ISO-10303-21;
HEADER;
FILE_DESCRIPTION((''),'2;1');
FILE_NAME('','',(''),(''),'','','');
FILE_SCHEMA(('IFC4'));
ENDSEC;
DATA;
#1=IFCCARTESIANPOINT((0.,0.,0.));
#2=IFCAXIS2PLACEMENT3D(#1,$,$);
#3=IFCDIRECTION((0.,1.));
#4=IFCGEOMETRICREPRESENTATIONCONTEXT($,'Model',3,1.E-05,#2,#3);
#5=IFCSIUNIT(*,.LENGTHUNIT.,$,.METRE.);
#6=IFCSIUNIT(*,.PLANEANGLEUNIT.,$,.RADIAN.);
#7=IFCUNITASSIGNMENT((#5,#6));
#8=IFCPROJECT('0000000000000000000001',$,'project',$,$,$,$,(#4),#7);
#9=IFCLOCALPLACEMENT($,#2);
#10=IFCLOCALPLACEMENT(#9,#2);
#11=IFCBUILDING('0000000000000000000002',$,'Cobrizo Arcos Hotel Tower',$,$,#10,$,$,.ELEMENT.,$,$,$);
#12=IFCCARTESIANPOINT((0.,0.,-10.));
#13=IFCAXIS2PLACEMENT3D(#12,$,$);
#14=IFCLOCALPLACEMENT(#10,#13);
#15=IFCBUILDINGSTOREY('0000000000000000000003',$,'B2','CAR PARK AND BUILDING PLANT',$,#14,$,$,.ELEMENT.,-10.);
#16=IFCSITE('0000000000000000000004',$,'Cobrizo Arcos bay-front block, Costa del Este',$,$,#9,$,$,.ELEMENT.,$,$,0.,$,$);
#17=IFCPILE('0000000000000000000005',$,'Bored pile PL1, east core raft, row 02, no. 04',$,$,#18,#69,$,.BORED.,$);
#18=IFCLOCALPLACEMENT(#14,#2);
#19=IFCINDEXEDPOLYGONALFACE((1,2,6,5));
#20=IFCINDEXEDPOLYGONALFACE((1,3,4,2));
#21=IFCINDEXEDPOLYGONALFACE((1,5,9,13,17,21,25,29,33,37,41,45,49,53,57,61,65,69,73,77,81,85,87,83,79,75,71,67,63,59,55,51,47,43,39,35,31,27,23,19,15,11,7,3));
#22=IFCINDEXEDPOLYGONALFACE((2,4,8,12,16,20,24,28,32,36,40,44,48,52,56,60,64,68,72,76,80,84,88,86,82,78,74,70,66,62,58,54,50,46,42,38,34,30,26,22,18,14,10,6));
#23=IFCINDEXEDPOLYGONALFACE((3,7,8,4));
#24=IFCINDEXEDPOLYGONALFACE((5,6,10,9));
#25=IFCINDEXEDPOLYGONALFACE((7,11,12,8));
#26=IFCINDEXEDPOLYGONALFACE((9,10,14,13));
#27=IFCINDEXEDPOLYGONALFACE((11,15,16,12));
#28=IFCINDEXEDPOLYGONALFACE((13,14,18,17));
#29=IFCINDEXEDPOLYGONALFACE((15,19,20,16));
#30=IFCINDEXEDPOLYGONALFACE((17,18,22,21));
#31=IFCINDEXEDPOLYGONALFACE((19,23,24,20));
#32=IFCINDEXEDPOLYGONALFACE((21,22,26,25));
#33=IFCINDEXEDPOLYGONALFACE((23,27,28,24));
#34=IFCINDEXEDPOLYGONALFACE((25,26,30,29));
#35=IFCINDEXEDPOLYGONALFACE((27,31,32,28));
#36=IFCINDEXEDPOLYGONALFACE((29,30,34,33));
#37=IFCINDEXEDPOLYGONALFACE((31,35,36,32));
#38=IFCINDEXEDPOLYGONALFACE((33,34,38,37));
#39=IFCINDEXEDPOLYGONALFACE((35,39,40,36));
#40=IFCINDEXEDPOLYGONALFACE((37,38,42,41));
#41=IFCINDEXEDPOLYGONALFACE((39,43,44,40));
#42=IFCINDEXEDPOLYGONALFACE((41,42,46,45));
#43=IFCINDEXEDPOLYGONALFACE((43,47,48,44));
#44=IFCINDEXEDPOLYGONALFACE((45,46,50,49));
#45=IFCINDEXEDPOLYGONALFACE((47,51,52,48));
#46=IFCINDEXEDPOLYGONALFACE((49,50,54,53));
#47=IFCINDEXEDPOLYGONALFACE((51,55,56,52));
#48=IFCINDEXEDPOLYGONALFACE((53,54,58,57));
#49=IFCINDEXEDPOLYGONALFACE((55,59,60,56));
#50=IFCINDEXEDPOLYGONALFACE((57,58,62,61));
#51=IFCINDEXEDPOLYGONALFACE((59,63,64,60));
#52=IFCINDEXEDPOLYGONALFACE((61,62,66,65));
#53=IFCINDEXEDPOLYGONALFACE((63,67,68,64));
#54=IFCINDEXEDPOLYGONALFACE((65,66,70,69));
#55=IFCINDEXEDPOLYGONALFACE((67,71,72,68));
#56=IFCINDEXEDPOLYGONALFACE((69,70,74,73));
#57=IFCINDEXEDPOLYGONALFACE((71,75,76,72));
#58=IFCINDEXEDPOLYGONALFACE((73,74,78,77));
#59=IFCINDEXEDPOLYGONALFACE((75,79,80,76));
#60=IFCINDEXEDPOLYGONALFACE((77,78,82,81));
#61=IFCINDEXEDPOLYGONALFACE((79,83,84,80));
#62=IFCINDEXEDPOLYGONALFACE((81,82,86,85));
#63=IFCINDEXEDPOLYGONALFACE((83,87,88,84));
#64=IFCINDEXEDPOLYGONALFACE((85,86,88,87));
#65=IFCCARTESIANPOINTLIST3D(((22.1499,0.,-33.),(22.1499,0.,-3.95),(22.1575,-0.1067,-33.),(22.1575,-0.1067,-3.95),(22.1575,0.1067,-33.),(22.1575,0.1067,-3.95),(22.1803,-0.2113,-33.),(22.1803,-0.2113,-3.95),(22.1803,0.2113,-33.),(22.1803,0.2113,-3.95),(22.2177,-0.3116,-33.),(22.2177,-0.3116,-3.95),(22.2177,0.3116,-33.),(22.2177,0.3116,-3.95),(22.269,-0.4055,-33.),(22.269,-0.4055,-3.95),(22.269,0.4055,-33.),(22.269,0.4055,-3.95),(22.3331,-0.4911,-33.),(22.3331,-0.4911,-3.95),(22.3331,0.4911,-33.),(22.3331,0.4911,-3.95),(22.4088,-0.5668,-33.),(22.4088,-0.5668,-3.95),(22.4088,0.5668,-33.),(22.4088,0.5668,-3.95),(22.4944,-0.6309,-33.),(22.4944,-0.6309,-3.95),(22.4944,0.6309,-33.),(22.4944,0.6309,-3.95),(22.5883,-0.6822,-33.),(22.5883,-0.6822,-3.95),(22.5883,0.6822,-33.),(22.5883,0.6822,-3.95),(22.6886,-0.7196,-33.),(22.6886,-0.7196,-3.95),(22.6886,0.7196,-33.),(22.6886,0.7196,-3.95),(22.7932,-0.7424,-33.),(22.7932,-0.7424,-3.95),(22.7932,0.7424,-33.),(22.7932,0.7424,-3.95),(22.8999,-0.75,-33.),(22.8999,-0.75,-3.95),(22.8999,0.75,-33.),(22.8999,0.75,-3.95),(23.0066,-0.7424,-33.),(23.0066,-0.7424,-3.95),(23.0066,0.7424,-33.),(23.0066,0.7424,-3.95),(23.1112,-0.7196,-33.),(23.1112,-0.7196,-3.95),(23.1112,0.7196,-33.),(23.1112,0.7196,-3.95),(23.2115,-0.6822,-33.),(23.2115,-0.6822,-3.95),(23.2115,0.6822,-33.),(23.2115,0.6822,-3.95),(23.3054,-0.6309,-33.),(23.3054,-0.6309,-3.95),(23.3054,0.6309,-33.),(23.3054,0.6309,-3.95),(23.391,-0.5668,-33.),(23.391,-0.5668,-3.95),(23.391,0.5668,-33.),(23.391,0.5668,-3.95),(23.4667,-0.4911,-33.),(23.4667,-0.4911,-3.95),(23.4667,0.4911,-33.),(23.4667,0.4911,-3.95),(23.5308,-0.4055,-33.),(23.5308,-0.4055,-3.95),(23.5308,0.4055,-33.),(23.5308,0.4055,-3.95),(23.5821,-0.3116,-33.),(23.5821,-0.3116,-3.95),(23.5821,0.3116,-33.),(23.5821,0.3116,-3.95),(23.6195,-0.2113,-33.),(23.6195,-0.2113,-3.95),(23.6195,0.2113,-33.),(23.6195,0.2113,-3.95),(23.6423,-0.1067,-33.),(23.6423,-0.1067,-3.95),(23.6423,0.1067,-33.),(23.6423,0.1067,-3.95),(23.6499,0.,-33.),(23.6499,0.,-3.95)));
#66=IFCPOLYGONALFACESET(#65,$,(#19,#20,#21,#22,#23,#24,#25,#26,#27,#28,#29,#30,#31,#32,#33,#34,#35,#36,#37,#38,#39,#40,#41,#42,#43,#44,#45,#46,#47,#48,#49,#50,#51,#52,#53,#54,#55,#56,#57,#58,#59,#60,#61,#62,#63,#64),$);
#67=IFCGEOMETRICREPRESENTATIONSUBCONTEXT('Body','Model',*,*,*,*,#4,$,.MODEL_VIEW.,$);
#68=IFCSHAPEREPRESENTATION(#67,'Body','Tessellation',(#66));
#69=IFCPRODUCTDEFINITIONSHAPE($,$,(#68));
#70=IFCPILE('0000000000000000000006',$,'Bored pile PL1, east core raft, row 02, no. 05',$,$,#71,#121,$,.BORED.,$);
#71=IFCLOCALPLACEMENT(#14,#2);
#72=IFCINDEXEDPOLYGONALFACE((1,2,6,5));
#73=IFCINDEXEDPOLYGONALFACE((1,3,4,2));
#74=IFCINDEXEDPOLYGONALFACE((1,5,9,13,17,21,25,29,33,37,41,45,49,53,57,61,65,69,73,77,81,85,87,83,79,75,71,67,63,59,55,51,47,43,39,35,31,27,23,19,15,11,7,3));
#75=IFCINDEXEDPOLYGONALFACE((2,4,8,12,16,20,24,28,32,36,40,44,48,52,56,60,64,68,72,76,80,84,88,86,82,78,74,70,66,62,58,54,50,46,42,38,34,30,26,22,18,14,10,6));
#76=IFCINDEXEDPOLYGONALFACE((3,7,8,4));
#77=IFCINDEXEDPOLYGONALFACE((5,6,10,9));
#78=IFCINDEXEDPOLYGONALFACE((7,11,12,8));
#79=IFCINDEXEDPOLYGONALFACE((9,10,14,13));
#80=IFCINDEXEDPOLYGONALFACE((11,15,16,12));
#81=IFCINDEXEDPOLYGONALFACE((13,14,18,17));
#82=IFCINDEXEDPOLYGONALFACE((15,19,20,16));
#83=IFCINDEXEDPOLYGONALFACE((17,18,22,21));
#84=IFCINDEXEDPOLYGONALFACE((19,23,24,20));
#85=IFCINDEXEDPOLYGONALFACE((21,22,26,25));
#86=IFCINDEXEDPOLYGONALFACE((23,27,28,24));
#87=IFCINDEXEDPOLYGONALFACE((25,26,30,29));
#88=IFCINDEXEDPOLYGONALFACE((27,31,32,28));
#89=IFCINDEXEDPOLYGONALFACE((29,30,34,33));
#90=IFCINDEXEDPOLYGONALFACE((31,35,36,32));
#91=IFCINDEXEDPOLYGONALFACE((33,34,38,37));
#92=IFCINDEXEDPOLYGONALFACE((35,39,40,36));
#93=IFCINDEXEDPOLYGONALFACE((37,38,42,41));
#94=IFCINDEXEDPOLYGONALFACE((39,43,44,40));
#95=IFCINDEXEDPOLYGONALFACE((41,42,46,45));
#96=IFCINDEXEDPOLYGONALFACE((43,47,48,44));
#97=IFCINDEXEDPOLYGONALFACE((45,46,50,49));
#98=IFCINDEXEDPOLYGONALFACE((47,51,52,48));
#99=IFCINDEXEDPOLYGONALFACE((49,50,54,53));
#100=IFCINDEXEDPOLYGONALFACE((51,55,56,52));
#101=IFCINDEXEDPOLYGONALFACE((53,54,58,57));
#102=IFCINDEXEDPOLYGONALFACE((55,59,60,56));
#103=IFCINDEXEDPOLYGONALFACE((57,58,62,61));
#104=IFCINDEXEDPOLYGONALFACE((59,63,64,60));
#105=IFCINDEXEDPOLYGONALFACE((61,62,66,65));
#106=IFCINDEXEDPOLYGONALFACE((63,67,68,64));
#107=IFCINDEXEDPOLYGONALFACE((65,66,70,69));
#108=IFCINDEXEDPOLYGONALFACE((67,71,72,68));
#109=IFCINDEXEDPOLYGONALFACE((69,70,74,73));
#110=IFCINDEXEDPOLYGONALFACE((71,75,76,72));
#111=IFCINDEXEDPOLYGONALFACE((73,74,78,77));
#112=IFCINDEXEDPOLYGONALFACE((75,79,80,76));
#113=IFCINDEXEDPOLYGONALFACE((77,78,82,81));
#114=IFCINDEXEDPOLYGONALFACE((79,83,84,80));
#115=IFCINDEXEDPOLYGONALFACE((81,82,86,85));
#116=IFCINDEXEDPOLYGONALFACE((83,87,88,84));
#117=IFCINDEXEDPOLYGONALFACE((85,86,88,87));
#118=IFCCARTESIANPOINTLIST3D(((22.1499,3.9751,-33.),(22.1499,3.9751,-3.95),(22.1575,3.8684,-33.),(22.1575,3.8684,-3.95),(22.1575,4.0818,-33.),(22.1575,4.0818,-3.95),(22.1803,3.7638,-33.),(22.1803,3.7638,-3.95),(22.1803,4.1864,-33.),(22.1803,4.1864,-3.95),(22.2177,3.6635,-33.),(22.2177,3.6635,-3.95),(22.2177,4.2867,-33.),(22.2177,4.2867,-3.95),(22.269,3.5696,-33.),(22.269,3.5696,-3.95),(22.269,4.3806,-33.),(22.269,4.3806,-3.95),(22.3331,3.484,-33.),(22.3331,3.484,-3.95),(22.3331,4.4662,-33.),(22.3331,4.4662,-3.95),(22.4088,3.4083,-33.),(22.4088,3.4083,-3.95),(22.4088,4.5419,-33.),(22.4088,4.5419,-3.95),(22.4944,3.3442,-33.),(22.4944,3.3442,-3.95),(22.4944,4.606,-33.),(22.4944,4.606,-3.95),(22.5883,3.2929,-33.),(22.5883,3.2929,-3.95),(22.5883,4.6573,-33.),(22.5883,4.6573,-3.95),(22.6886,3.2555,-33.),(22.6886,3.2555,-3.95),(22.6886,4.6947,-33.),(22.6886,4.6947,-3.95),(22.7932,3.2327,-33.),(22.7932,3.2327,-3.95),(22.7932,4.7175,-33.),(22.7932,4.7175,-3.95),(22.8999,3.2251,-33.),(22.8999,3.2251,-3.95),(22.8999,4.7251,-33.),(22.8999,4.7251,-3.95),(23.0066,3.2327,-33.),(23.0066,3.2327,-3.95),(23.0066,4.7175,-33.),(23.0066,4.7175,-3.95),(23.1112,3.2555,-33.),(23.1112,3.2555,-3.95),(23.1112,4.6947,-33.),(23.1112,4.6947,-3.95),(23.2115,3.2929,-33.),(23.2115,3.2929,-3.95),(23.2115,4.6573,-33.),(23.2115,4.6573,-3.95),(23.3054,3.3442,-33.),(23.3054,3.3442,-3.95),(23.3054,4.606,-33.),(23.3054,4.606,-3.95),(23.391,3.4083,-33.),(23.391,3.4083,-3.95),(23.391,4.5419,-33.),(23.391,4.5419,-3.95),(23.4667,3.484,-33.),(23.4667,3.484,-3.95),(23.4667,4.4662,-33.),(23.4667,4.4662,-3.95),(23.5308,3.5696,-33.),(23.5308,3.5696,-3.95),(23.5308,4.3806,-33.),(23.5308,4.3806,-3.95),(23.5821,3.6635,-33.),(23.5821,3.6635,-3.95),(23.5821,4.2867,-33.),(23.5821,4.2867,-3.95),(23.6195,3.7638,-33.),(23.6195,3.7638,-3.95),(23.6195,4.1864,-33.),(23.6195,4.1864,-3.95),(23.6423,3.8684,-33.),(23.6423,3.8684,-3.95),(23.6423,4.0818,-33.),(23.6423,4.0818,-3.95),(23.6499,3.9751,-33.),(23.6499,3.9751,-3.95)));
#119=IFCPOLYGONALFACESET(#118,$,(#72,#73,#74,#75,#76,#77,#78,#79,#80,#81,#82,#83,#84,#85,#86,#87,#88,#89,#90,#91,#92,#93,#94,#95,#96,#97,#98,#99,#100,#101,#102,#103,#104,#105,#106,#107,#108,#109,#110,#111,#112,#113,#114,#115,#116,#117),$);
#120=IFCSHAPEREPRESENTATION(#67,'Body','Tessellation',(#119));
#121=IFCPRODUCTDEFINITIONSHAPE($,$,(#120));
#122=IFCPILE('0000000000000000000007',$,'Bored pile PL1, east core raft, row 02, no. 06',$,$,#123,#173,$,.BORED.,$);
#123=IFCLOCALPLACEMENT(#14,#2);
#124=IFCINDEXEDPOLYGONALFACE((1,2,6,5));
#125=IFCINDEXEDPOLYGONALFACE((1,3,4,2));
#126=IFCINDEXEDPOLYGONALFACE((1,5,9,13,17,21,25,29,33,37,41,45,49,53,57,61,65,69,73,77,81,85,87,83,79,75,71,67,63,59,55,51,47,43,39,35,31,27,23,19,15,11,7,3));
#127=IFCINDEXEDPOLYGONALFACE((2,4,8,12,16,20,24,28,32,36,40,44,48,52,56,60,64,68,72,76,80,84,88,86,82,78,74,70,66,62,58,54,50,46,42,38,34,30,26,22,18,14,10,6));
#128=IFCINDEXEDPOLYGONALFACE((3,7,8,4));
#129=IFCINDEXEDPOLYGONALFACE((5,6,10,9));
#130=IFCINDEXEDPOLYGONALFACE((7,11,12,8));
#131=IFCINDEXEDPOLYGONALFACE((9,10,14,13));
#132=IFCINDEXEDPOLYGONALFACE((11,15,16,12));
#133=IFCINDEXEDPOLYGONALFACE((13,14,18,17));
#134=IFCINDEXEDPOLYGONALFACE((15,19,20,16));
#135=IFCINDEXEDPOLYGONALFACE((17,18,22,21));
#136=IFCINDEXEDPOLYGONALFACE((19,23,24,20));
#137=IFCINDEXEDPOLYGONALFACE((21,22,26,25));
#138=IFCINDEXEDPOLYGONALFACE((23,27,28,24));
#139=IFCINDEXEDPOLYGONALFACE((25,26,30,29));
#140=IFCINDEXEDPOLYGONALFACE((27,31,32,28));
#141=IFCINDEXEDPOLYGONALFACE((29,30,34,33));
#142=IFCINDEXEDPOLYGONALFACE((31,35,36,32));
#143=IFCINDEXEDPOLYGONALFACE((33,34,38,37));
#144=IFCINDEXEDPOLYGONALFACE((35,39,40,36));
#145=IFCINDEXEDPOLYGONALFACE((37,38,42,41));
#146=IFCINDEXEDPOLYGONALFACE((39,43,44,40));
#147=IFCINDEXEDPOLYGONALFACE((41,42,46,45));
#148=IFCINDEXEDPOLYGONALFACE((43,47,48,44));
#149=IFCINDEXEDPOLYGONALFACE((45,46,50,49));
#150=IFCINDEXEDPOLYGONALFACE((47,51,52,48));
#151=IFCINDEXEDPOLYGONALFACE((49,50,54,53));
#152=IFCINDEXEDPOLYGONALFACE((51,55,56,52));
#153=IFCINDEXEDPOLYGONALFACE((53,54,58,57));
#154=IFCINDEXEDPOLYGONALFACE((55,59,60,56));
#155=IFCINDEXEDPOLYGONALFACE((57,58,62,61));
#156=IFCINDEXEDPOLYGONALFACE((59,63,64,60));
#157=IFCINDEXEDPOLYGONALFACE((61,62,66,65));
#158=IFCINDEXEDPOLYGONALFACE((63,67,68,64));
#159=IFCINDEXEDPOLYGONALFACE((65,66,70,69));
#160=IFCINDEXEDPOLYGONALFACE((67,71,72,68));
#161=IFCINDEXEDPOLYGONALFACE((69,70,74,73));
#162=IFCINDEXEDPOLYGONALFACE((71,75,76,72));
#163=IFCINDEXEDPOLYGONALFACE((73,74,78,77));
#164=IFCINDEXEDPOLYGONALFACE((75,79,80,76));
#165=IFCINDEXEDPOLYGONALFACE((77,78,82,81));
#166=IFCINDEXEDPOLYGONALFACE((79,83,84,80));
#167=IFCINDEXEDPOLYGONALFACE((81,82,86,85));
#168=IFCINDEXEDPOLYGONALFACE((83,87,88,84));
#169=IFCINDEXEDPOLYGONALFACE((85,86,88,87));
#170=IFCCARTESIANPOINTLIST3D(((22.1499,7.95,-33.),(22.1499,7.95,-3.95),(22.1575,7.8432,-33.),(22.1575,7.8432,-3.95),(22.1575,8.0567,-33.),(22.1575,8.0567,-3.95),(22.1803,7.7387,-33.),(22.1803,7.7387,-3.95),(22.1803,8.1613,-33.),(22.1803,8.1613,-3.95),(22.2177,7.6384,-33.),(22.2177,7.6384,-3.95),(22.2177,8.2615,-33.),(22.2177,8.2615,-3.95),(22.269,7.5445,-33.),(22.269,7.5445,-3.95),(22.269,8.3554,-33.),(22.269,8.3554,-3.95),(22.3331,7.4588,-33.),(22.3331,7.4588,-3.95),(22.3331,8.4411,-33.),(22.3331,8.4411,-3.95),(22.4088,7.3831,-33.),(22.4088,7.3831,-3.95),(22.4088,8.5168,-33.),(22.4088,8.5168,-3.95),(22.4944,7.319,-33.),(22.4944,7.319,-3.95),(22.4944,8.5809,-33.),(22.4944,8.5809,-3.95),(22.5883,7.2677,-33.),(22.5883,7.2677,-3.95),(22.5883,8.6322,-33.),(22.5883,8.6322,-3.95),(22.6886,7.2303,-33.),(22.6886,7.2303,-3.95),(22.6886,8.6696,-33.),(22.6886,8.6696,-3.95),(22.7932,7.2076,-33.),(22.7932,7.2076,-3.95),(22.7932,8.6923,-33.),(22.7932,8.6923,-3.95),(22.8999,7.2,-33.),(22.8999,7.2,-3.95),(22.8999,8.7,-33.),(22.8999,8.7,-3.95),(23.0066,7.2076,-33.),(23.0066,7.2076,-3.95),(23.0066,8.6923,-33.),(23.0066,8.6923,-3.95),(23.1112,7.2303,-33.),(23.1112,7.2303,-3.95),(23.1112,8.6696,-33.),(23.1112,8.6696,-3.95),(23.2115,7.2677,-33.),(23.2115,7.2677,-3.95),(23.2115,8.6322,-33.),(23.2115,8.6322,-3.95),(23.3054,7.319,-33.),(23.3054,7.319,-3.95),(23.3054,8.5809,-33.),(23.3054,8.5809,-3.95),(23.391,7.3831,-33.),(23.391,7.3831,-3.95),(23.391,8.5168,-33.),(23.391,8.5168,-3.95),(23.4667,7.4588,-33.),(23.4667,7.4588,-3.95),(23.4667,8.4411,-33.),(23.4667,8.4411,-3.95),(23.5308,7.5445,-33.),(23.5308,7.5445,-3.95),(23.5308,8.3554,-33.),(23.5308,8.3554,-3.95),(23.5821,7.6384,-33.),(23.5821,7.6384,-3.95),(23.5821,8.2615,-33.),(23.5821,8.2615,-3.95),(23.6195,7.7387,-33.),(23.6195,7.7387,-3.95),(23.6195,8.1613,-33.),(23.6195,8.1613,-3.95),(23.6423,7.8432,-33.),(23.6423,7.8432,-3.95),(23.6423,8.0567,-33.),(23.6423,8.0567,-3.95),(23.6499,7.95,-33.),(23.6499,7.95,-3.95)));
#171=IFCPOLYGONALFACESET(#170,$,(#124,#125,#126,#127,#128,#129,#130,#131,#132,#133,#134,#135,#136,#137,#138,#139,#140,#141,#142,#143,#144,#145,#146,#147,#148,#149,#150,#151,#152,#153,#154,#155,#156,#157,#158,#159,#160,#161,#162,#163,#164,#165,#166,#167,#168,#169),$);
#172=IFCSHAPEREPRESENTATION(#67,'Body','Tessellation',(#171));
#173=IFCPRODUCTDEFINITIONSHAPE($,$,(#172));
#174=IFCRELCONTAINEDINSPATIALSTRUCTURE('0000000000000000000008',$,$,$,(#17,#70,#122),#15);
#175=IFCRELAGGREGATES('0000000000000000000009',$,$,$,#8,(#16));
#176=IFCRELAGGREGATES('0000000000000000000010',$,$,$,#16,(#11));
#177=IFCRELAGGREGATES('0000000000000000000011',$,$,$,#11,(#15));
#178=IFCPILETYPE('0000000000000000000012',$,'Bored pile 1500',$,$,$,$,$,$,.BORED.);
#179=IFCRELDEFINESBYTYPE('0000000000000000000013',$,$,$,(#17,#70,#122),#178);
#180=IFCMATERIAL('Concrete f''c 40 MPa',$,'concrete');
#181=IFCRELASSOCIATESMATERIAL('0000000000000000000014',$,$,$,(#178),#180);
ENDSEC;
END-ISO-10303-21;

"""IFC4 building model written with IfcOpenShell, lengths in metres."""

from ifc_helpers import new_model, si_unit, direction, frame, origin, origin_2d, place, context, subcontext, project, spatial, circle, extrude, material, material_profile, profile_set, type_object, element, save


model = new_model("IFC4")

# Units and contexts
model_context = context("Model", 3, precision=1e-05, world=origin(), true_north=direction((0.0, 1.0)))
body_context = subcontext(model_context, "Body", "Model", "MODEL_VIEW")
ifc_project = project(units=[si_unit("LENGTHUNIT", "METRE"), si_unit("PLANEANGLEUNIT", "RADIAN")], contexts=[model_context])

# Site, building, storey
site_placement = place(None, origin())
site = spatial("IfcSite", under=ifc_project, at=site_placement, Name="Cobrizo Arcos bay-front block, Costa del Este", CompositionType="ELEMENT", RefElevation=0.0)
building_placement = place(site_placement, origin())
building = spatial("IfcBuilding", under=site, at=building_placement, Name="Cobrizo Arcos Hotel Tower", CompositionType="ELEMENT")
storey_placement = place(building_placement, frame((0.0, 0.0, -10.0)))
storey = spatial("IfcBuildingStorey", under=building, at=storey_placement, Name="B2", Description="CAR PARK AND BUILDING PLANT", CompositionType="ELEMENT", Elevation=-10.0)

# Piles
ifc_material_1 = material(Name="Concrete f'c 40 MPa", Category="concrete")
ifc_material_profile_1 = material_profile(ifc_material_1, circle(Radius=0.75, at=origin_2d()), Name="BORED PILE 1500")
ifc_profile_set_1 = profile_set([ifc_material_profile_1], Name="Concrete f'c 40 MPa")
pile_type = type_object("IfcPileType", Name="Bored pile 1500", PredefinedType="BORED", material=ifc_profile_set_1)
for number, where, z_axis, x_axis, name in (
    (1, (22.8999, 0.0, -3.95), (0.0, 0.0, -1.0), (1.0, 0.0, 0.0), "Bored pile PL1, east core raft, row 02, no. 04"),
    (2, (22.8999, 3.9751, -3.95), (0.0, 0.0, -1.0), (1.0, 0.0, 0.0), "Bored pile PL1, east core raft, row 02, no. 05"),
    (3, (22.8999, 7.95, -3.95), (0.0, 0.0, -1.0), (1.0, 0.0, 0.0), "Bored pile PL1, east core raft, row 02, no. 06"),
):
    element("IfcPile", number, at=place(storey_placement, frame(where, z_axis=z_axis, x_axis=x_axis)), inside=storey, type_object=pile_type, Name=name, PredefinedType="BORED", context=body_context, shape_type="SweptSolid", body=[
        extrude(circle(Radius=0.75, at=origin_2d()), origin(), (0.0, 0.0, 1.0), 29.05),
    ])

save(model, "model.ifc")
